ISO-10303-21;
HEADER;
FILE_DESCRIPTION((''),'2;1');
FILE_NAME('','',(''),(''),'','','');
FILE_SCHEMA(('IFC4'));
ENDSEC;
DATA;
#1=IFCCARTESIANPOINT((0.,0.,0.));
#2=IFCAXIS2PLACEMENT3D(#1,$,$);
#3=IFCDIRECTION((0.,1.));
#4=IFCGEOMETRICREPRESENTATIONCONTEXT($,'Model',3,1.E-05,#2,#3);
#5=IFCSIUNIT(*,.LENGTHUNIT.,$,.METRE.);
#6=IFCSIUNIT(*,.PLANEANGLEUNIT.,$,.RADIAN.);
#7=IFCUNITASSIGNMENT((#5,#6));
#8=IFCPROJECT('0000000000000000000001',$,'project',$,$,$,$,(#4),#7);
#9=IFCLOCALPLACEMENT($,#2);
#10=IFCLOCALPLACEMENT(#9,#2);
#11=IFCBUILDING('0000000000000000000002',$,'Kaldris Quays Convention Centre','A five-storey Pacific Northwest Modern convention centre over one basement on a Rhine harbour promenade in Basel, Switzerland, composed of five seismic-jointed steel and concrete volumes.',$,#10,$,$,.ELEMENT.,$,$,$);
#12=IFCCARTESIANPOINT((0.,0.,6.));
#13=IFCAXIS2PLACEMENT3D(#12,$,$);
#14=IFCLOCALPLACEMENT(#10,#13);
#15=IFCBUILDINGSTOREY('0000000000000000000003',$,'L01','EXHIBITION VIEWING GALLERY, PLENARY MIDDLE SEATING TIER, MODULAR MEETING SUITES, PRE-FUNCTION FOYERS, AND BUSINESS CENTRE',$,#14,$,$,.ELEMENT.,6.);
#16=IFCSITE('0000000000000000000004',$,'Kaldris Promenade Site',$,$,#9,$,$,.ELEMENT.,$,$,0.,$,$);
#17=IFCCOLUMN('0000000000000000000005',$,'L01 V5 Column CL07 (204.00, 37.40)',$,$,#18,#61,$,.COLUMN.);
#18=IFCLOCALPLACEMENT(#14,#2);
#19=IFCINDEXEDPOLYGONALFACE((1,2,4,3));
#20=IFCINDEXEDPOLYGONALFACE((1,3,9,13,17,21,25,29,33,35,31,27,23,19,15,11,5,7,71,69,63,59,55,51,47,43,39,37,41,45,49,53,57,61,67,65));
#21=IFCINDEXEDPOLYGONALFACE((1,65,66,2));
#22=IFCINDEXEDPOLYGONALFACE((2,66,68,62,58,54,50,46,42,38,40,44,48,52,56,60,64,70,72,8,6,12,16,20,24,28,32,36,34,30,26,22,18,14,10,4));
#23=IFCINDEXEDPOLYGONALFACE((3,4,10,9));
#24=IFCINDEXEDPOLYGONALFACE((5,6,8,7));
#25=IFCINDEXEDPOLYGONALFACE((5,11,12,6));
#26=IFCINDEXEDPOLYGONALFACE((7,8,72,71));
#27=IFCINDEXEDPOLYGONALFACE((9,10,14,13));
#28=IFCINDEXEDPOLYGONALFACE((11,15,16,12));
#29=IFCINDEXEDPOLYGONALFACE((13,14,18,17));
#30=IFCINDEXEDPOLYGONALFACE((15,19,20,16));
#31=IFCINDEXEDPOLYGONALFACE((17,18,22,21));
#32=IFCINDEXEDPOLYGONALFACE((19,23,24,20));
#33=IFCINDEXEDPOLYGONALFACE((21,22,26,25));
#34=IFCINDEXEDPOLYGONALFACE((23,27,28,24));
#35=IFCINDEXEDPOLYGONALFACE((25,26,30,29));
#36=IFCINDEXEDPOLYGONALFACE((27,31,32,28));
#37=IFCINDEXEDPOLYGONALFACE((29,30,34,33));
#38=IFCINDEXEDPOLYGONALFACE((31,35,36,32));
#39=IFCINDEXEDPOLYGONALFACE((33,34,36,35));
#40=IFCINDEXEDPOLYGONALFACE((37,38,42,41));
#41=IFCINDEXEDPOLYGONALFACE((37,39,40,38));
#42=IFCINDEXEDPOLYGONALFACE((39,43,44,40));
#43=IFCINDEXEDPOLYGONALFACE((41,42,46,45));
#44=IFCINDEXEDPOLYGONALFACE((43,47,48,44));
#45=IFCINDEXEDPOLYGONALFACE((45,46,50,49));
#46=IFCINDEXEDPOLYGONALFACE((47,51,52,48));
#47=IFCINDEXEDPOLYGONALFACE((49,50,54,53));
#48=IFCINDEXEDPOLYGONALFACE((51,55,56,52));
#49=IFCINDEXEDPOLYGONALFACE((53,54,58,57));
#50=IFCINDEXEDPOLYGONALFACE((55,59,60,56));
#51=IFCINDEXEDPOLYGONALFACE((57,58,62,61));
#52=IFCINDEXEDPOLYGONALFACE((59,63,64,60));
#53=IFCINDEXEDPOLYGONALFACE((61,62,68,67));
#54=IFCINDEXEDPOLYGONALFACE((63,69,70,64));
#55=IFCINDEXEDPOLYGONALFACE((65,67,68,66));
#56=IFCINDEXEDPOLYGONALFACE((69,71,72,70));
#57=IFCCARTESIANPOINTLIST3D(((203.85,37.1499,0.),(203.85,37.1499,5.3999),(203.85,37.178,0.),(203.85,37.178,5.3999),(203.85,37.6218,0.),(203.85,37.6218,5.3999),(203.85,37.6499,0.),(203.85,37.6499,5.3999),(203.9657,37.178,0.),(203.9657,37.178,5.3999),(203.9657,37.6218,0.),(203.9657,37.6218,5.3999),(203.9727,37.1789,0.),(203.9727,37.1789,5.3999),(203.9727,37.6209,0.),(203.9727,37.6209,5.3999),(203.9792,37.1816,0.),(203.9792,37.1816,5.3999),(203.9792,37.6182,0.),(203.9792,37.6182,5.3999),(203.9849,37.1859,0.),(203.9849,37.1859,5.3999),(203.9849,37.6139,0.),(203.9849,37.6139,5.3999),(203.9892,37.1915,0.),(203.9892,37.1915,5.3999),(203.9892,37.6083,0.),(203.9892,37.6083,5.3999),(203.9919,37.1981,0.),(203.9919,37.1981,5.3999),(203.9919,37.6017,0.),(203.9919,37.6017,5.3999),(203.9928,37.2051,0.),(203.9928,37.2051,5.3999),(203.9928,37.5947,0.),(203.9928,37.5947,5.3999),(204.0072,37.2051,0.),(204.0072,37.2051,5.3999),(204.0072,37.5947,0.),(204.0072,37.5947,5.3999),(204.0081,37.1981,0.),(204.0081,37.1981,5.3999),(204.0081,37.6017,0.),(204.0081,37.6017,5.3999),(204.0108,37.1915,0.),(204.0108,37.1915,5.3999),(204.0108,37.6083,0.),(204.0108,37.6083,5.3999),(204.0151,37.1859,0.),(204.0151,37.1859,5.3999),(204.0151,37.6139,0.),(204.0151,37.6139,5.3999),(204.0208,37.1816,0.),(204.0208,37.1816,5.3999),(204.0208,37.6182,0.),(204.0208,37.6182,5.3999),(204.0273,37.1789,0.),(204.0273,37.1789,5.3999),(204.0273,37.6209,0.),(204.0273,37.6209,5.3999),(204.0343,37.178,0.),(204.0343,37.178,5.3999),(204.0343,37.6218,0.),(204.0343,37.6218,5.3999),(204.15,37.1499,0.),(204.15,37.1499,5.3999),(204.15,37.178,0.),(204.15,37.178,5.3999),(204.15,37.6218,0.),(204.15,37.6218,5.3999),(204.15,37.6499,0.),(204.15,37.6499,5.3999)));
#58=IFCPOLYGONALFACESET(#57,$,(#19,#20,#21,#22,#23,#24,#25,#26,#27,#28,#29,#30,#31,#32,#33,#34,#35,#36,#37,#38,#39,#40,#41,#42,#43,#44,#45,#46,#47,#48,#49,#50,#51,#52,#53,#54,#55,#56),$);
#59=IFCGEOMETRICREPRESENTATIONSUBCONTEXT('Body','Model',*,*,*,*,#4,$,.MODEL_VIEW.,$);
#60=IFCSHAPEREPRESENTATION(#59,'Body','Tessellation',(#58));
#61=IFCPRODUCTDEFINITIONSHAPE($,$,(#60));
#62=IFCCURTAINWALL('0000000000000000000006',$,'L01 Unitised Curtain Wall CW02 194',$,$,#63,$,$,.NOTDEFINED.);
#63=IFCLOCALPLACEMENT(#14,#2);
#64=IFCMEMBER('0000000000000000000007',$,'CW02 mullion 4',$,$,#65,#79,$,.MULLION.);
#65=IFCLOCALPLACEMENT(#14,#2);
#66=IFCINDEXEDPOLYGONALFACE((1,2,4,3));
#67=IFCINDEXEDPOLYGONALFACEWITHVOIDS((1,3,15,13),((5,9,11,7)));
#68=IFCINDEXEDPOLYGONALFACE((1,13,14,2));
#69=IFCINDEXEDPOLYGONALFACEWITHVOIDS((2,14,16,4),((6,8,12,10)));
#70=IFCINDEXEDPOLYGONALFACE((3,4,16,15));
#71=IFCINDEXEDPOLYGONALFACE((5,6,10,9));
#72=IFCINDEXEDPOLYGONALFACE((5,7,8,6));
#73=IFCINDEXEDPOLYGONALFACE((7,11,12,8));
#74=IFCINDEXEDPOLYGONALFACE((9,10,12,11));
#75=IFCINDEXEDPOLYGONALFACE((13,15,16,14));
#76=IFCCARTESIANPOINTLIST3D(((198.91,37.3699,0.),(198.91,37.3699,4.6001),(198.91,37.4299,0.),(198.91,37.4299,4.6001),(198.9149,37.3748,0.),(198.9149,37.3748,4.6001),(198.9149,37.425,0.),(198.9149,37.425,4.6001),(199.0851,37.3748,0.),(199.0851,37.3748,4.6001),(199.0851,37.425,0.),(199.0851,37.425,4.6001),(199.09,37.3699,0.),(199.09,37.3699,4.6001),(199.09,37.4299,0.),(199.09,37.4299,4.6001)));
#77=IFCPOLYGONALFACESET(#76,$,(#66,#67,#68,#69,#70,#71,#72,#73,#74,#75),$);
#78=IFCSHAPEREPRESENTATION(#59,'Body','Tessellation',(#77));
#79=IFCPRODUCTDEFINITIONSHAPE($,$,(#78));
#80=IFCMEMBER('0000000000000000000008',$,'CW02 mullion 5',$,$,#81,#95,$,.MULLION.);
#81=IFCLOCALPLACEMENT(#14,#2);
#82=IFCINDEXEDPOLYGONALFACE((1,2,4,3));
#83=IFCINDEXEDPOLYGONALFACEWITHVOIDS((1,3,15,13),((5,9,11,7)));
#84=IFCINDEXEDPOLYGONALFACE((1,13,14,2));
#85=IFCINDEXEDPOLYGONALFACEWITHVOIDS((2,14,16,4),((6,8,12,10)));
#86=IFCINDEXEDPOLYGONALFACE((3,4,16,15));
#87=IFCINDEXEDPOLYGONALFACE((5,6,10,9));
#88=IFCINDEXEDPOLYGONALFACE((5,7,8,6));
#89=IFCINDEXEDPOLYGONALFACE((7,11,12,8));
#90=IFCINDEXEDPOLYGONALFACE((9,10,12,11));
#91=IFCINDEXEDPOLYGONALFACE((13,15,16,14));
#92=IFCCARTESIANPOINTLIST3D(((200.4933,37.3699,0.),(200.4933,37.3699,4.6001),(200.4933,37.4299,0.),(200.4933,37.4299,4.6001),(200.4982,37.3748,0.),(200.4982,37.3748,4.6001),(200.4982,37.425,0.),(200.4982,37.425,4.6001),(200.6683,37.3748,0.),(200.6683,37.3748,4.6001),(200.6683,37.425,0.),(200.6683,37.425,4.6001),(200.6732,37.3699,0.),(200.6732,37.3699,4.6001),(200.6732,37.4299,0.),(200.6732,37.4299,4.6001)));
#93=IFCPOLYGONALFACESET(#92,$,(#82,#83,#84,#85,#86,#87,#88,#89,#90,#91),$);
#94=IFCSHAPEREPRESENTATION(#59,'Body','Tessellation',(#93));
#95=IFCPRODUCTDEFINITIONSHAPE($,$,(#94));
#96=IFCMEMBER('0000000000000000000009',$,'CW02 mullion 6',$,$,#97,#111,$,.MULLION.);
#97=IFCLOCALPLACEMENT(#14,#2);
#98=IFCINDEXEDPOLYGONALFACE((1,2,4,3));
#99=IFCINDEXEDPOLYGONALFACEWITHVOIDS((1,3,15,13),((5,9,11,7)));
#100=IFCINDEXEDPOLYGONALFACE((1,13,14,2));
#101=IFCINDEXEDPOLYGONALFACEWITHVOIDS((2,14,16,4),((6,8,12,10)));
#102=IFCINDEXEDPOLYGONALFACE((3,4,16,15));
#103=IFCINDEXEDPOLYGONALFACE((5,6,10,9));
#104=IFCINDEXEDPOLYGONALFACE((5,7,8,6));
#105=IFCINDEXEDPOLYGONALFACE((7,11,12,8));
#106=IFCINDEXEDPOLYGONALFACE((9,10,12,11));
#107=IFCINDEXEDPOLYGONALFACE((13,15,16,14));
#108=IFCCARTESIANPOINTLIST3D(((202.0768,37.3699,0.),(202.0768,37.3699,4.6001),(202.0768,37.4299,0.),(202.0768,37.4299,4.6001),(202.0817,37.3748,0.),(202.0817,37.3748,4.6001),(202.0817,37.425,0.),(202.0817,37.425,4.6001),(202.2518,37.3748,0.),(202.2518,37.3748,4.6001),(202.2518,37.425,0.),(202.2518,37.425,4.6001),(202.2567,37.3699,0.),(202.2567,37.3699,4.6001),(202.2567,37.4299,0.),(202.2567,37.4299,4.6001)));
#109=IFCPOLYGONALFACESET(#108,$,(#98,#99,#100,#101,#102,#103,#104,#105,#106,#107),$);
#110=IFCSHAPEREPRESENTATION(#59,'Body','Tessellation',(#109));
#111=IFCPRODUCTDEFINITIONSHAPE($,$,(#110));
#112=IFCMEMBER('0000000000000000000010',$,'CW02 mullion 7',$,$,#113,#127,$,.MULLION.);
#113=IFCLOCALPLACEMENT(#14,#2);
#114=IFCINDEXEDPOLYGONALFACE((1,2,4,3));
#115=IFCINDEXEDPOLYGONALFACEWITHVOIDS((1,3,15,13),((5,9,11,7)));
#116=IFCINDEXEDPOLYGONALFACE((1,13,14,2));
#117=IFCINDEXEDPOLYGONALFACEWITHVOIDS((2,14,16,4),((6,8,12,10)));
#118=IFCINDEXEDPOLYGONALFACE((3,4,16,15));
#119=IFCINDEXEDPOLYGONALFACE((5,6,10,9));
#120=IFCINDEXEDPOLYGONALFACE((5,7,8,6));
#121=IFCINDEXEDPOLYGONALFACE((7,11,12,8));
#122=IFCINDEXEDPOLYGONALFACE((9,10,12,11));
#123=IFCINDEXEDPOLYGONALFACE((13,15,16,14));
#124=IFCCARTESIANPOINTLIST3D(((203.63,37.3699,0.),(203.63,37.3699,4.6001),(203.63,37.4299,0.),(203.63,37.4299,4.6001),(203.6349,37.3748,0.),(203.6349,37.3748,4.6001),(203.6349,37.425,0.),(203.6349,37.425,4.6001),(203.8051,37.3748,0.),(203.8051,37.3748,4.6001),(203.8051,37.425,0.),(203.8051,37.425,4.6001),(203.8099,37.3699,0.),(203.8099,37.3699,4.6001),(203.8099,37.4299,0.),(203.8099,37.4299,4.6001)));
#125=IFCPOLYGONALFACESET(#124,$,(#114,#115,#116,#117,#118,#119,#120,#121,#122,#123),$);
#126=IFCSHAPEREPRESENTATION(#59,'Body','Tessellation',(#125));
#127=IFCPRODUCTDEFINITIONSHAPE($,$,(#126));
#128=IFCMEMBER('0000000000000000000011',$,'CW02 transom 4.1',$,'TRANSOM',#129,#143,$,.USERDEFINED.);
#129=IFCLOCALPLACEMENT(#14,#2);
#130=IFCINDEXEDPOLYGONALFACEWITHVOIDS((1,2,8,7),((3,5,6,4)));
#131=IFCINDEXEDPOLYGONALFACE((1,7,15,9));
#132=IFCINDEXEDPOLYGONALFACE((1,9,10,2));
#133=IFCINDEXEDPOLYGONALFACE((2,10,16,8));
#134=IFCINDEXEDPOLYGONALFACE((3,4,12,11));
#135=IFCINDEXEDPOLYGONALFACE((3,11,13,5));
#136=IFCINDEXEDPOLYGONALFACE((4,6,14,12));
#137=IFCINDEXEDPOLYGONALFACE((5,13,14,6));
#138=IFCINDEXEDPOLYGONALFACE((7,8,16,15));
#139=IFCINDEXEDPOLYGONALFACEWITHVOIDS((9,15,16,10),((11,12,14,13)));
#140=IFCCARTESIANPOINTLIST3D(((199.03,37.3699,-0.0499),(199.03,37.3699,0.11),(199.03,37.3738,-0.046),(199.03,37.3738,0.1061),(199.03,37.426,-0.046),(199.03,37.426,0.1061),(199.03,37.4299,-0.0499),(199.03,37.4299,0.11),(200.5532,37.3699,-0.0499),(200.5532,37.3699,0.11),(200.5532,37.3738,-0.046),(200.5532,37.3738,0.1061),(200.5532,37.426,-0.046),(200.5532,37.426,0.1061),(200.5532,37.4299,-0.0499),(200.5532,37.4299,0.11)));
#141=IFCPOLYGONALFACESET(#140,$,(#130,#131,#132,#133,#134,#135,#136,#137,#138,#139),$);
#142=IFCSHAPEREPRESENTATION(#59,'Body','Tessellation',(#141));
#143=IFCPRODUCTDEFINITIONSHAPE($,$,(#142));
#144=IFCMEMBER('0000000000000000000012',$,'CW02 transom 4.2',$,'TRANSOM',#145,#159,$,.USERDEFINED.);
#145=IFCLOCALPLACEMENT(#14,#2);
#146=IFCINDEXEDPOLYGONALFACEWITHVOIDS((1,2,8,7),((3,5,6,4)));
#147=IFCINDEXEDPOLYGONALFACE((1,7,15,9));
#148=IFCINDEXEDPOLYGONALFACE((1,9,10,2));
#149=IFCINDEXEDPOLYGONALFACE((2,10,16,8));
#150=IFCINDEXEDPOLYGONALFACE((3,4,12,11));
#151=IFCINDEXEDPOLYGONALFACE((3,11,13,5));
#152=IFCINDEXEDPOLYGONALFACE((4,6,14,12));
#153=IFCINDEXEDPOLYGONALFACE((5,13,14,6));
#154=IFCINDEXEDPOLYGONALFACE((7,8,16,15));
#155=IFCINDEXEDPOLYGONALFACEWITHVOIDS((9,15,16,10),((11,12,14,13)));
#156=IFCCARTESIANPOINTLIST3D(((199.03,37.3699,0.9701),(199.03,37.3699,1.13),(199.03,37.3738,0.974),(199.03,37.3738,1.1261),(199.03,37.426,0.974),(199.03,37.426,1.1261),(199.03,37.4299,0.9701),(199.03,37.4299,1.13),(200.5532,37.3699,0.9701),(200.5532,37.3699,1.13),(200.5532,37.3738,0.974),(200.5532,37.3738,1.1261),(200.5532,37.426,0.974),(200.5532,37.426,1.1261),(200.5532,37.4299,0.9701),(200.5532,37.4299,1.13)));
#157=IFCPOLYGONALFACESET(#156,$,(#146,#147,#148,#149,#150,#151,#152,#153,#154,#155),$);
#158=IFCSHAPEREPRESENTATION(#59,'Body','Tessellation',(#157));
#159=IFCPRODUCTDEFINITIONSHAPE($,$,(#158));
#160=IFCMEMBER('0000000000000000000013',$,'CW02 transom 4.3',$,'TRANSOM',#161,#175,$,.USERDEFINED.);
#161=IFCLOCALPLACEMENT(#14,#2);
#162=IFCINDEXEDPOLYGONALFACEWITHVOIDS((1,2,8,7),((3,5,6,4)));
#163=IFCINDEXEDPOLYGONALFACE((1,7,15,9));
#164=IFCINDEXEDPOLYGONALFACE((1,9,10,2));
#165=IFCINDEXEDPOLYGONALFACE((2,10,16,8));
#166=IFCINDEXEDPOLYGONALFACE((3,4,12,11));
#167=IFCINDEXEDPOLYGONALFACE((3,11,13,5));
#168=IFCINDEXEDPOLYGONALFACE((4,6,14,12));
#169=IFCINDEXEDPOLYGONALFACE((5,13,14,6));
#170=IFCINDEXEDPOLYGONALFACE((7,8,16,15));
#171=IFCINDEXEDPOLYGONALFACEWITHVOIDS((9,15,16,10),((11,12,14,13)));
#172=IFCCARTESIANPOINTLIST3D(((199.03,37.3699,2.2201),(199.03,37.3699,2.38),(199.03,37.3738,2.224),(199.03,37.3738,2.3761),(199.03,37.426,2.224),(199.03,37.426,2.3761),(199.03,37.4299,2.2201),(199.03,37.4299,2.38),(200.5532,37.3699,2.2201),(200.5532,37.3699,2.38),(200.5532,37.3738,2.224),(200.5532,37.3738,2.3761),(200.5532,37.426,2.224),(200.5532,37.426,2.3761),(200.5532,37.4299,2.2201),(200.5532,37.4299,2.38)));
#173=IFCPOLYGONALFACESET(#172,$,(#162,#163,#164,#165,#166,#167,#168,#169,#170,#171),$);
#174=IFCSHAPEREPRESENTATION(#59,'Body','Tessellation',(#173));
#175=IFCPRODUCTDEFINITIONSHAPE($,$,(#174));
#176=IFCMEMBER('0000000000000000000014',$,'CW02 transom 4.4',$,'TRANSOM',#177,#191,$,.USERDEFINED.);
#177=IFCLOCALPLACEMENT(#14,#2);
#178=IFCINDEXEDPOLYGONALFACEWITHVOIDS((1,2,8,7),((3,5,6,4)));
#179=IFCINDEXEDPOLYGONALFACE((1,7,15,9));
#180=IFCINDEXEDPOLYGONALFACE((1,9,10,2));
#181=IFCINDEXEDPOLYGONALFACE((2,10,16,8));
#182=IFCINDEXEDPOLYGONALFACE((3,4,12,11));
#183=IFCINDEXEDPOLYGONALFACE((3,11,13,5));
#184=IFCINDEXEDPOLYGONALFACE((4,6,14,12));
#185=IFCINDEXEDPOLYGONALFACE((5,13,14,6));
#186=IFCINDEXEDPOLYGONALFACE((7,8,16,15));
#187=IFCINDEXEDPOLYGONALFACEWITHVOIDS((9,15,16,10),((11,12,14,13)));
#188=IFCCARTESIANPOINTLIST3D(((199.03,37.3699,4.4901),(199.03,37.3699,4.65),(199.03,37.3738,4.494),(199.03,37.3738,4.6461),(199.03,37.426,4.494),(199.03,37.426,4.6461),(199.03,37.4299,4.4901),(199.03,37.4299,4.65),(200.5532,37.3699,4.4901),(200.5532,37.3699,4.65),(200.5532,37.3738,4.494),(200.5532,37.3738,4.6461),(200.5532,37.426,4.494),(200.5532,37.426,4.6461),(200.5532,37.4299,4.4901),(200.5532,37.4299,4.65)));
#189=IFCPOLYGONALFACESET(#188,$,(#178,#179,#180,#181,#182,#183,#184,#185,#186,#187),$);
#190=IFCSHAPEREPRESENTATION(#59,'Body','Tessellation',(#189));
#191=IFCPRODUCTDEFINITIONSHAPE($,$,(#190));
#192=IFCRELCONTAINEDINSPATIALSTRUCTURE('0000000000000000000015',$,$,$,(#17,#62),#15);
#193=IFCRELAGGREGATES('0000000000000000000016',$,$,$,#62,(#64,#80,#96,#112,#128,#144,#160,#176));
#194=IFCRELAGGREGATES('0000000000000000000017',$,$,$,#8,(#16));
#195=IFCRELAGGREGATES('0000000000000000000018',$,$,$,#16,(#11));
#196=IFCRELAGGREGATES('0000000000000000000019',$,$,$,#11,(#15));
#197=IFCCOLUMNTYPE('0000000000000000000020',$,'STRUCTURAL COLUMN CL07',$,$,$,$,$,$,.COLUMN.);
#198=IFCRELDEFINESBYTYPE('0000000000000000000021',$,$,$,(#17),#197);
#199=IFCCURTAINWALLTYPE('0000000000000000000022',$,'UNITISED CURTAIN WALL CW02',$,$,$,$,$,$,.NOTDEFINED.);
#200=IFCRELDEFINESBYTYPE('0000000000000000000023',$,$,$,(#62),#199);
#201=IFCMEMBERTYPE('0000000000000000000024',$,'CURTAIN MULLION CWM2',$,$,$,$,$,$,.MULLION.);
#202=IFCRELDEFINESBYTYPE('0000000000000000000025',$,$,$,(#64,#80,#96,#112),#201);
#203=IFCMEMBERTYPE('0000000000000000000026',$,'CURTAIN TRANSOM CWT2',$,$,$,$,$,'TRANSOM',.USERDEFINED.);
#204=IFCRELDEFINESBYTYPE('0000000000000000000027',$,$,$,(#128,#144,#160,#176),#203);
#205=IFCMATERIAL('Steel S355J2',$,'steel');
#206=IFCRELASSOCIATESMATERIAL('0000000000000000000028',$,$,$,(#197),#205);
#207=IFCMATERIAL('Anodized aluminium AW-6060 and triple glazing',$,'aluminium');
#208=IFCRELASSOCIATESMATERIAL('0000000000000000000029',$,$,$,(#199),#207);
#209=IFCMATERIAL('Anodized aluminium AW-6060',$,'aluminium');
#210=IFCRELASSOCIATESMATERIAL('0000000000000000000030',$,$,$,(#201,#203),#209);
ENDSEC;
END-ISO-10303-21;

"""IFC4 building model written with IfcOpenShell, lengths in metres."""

from ifc_helpers import new_model, si_unit, direction, frame, origin, origin_2d, place, context, subcontext, project, spatial, hollow_rectangle, i_section, extrude, material, material_profile, profile_set, type_object, element, aggregate, save


model = new_model("IFC4")

# Units and contexts
model_context = context("Model", 3, precision=1e-05, world=origin(), true_north=direction((0.0, 1.0)))
body_context = subcontext(model_context, "Body", "Model", "MODEL_VIEW")
ifc_project = project(units=[si_unit("LENGTHUNIT", "METRE"), si_unit("PLANEANGLEUNIT", "RADIAN")], contexts=[model_context])

# Site, building, storey
site_placement = place(None, origin())
site = spatial("IfcSite", under=ifc_project, at=site_placement, Name="Kaldris Promenade Site", CompositionType="ELEMENT", RefElevation=0.0)
building_placement = place(site_placement, origin())
building = spatial("IfcBuilding", under=site, at=building_placement, Name="Kaldris Quays Convention Centre", Description="A five-storey Pacific Northwest Modern convention centre over one basement on a Rhine harbour promenade in Basel, Switzerland, composed of five seismic-jointed steel and concrete volumes.", CompositionType="ELEMENT")
storey_placement = place(building_placement, frame((0.0, 0.0, 6.0)))
storey = spatial("IfcBuildingStorey", under=building, at=storey_placement, Name="L01", Description="EXHIBITION VIEWING GALLERY, PLENARY MIDDLE SEATING TIER, MODULAR MEETING SUITES, PRE-FUNCTION FOYERS, AND BUSINESS CENTRE", CompositionType="ELEMENT", Elevation=6.0)

# Column
ifc_material_1 = material(Name="Steel S355J2", Category="steel")
ifc_material_profile_1 = material_profile(ifc_material_1, i_section(OverallWidth=0.3, OverallDepth=0.5, WebThickness=0.0144, FlangeThickness=0.0281, FilletRadius=0.0271, at=origin_2d()), Name="HEB 500")
ifc_profile_set_1 = profile_set([ifc_material_profile_1], Name="Steel S355J2")
column_type = type_object("IfcColumnType", Name="STRUCTURAL COLUMN CL07", PredefinedType="COLUMN", material=ifc_profile_set_1)
column_placement = place(storey_placement, frame((204.0, 37.3999, 0.0), z_axis=(0.0, 0.0, 1.0), x_axis=(1.0, 0.0, 0.0)))
element("IfcColumn", 1, at=column_placement, inside=storey, type_object=column_type, Name="L01 V5 Column CL07 (204.00, 37.40)", PredefinedType="COLUMN", context=body_context, shape_type="SweptSolid", body=[
    extrude(i_section(OverallWidth=0.3, OverallDepth=0.5, WebThickness=0.0144, FlangeThickness=0.0281, FilletRadius=0.0271, at=origin_2d()), origin(), (0.0, 0.0, 1.0), 5.3999),
])

# Curtain wall, members
ifc_material_2 = material(Name="Anodized aluminium AW-6060 and triple glazing", Category="aluminium")
curtain_wall_type = type_object("IfcCurtainWallType", Name="UNITISED CURTAIN WALL CW02", PredefinedType="NOTDEFINED", material=ifc_material_2)
curtain_wall_placement = place(storey_placement, origin())
curtain_wall = element("IfcCurtainWall", 2, at=curtain_wall_placement, inside=storey, type_object=curtain_wall_type, Name="L01 Unitised Curtain Wall CW02 194", PredefinedType="NOTDEFINED")
ifc_material_3 = material(Name="Anodized aluminium AW-6060", Category="aluminium")
ifc_material_profile_2 = material_profile(ifc_material_3, hollow_rectangle(XDim=0.0601, YDim=0.1799, WallThickness=0.0049, at=origin_2d()), Name="RHS 180x60x5")
ifc_profile_set_2 = profile_set([ifc_material_profile_2], Name="Anodized aluminium AW-6060")
member_type_1 = type_object("IfcMemberType", Name="CURTAIN MULLION CWM2", PredefinedType="MULLION", material=ifc_profile_set_2)
member_1_placement = place(storey_placement, frame((199.0, 37.3999, 0.0), z_axis=(0.0, 0.0, 1.0), x_axis=(0.0, 1.0, 0.0)))
member_1 = element("IfcMember", 3, at=member_1_placement, type_object=member_type_1, Name="CW02 mullion 4", PredefinedType="MULLION", context=body_context, shape_type="SweptSolid", body=[
    extrude(hollow_rectangle(XDim=0.0601, YDim=0.1799, WallThickness=0.0049, at=origin_2d()), origin(), (0.0, 0.0, 1.0), 4.6001),
])
member_2_placement = place(storey_placement, frame((200.5833, 37.3999, 0.0), z_axis=(0.0, 0.0, 1.0), x_axis=(0.0, 1.0, 0.0)))
member_2 = element("IfcMember", 4, at=member_2_placement, type_object=member_type_1, Name="CW02 mullion 5", PredefinedType="MULLION", context=body_context, shape_type="SweptSolid", body=[
    extrude(hollow_rectangle(XDim=0.0601, YDim=0.1799, WallThickness=0.0049, at=origin_2d()), origin(), (0.0, 0.0, 1.0), 4.6001),
])
member_3_placement = place(storey_placement, frame((202.1667, 37.3999, 0.0), z_axis=(0.0, 0.0, 1.0), x_axis=(0.0, 1.0, 0.0)))
member_3 = element("IfcMember", 5, at=member_3_placement, type_object=member_type_1, Name="CW02 mullion 6", PredefinedType="MULLION", context=body_context, shape_type="SweptSolid", body=[
    extrude(hollow_rectangle(XDim=0.0601, YDim=0.1799, WallThickness=0.0049, at=origin_2d()), origin(), (0.0, 0.0, 1.0), 4.6001),
])
member_4_placement = place(storey_placement, frame((203.72, 37.3999, 0.0), z_axis=(0.0, 0.0, 1.0), x_axis=(0.0, 1.0, 0.0)))
member_4 = element("IfcMember", 6, at=member_4_placement, type_object=member_type_1, Name="CW02 mullion 7", PredefinedType="MULLION", context=body_context, shape_type="SweptSolid", body=[
    extrude(hollow_rectangle(XDim=0.0601, YDim=0.1799, WallThickness=0.0049, at=origin_2d()), origin(), (0.0, 0.0, 1.0), 4.6001),
])
ifc_material_profile_3 = material_profile(ifc_material_3, hollow_rectangle(XDim=0.0601, YDim=0.1599, WallThickness=0.0039, at=origin_2d()), Name="RHS 160x60x4")
ifc_profile_set_3 = profile_set([ifc_material_profile_3], Name="Anodized aluminium AW-6060")
member_type_2 = type_object("IfcMemberType", Name="CURTAIN TRANSOM CWT2", ElementType="TRANSOM", PredefinedType="USERDEFINED", material=ifc_profile_set_3)
member_5_placement = place(storey_placement, frame((199.03, 37.3999, 0.03), z_axis=(1.0, 0.0, 0.0), x_axis=(0.0, 1.0, 0.0)))
member_5 = element("IfcMember", 7, at=member_5_placement, type_object=member_type_2, Name="CW02 transom 4.1", ObjectType="TRANSOM", PredefinedType="USERDEFINED", context=body_context, shape_type="SweptSolid", body=[
    extrude(hollow_rectangle(XDim=0.0601, YDim=0.1599, WallThickness=0.0039, at=origin_2d()), origin(), (0.0, 0.0, 1.0), 1.5232),
])
member_6_placement = place(storey_placement, frame((199.03, 37.3999, 1.05), z_axis=(1.0, 0.0, 0.0), x_axis=(0.0, 1.0, 0.0)))
member_6 = element("IfcMember", 8, at=member_6_placement, type_object=member_type_2, Name="CW02 transom 4.2", ObjectType="TRANSOM", PredefinedType="USERDEFINED", context=body_context, shape_type="SweptSolid", body=[
    extrude(hollow_rectangle(XDim=0.0601, YDim=0.1599, WallThickness=0.0039, at=origin_2d()), origin(), (0.0, 0.0, 1.0), 1.5232),
])
member_7_placement = place(storey_placement, frame((199.03, 37.3999, 2.3), z_axis=(1.0, 0.0, 0.0), x_axis=(0.0, 1.0, 0.0)))
member_7 = element("IfcMember", 9, at=member_7_placement, type_object=member_type_2, Name="CW02 transom 4.3", ObjectType="TRANSOM", PredefinedType="USERDEFINED", context=body_context, shape_type="SweptSolid", body=[
    extrude(hollow_rectangle(XDim=0.0601, YDim=0.1599, WallThickness=0.0039, at=origin_2d()), origin(), (0.0, 0.0, 1.0), 1.5232),
])
member_8_placement = place(storey_placement, frame((199.03, 37.3999, 4.5701), z_axis=(1.0, 0.0, 0.0), x_axis=(0.0, 1.0, 0.0)))
member_8 = element("IfcMember", 10, at=member_8_placement, type_object=member_type_2, Name="CW02 transom 4.4", ObjectType="TRANSOM", PredefinedType="USERDEFINED", context=body_context, shape_type="SweptSolid", body=[
    extrude(hollow_rectangle(XDim=0.0601, YDim=0.1599, WallThickness=0.0039, at=origin_2d()), origin(), (0.0, 0.0, 1.0), 1.5232),
])
aggregate(curtain_wall, [member_1, member_2, member_3, member_4, member_5, member_6, member_7, member_8])

save(model, "model.ifc")
